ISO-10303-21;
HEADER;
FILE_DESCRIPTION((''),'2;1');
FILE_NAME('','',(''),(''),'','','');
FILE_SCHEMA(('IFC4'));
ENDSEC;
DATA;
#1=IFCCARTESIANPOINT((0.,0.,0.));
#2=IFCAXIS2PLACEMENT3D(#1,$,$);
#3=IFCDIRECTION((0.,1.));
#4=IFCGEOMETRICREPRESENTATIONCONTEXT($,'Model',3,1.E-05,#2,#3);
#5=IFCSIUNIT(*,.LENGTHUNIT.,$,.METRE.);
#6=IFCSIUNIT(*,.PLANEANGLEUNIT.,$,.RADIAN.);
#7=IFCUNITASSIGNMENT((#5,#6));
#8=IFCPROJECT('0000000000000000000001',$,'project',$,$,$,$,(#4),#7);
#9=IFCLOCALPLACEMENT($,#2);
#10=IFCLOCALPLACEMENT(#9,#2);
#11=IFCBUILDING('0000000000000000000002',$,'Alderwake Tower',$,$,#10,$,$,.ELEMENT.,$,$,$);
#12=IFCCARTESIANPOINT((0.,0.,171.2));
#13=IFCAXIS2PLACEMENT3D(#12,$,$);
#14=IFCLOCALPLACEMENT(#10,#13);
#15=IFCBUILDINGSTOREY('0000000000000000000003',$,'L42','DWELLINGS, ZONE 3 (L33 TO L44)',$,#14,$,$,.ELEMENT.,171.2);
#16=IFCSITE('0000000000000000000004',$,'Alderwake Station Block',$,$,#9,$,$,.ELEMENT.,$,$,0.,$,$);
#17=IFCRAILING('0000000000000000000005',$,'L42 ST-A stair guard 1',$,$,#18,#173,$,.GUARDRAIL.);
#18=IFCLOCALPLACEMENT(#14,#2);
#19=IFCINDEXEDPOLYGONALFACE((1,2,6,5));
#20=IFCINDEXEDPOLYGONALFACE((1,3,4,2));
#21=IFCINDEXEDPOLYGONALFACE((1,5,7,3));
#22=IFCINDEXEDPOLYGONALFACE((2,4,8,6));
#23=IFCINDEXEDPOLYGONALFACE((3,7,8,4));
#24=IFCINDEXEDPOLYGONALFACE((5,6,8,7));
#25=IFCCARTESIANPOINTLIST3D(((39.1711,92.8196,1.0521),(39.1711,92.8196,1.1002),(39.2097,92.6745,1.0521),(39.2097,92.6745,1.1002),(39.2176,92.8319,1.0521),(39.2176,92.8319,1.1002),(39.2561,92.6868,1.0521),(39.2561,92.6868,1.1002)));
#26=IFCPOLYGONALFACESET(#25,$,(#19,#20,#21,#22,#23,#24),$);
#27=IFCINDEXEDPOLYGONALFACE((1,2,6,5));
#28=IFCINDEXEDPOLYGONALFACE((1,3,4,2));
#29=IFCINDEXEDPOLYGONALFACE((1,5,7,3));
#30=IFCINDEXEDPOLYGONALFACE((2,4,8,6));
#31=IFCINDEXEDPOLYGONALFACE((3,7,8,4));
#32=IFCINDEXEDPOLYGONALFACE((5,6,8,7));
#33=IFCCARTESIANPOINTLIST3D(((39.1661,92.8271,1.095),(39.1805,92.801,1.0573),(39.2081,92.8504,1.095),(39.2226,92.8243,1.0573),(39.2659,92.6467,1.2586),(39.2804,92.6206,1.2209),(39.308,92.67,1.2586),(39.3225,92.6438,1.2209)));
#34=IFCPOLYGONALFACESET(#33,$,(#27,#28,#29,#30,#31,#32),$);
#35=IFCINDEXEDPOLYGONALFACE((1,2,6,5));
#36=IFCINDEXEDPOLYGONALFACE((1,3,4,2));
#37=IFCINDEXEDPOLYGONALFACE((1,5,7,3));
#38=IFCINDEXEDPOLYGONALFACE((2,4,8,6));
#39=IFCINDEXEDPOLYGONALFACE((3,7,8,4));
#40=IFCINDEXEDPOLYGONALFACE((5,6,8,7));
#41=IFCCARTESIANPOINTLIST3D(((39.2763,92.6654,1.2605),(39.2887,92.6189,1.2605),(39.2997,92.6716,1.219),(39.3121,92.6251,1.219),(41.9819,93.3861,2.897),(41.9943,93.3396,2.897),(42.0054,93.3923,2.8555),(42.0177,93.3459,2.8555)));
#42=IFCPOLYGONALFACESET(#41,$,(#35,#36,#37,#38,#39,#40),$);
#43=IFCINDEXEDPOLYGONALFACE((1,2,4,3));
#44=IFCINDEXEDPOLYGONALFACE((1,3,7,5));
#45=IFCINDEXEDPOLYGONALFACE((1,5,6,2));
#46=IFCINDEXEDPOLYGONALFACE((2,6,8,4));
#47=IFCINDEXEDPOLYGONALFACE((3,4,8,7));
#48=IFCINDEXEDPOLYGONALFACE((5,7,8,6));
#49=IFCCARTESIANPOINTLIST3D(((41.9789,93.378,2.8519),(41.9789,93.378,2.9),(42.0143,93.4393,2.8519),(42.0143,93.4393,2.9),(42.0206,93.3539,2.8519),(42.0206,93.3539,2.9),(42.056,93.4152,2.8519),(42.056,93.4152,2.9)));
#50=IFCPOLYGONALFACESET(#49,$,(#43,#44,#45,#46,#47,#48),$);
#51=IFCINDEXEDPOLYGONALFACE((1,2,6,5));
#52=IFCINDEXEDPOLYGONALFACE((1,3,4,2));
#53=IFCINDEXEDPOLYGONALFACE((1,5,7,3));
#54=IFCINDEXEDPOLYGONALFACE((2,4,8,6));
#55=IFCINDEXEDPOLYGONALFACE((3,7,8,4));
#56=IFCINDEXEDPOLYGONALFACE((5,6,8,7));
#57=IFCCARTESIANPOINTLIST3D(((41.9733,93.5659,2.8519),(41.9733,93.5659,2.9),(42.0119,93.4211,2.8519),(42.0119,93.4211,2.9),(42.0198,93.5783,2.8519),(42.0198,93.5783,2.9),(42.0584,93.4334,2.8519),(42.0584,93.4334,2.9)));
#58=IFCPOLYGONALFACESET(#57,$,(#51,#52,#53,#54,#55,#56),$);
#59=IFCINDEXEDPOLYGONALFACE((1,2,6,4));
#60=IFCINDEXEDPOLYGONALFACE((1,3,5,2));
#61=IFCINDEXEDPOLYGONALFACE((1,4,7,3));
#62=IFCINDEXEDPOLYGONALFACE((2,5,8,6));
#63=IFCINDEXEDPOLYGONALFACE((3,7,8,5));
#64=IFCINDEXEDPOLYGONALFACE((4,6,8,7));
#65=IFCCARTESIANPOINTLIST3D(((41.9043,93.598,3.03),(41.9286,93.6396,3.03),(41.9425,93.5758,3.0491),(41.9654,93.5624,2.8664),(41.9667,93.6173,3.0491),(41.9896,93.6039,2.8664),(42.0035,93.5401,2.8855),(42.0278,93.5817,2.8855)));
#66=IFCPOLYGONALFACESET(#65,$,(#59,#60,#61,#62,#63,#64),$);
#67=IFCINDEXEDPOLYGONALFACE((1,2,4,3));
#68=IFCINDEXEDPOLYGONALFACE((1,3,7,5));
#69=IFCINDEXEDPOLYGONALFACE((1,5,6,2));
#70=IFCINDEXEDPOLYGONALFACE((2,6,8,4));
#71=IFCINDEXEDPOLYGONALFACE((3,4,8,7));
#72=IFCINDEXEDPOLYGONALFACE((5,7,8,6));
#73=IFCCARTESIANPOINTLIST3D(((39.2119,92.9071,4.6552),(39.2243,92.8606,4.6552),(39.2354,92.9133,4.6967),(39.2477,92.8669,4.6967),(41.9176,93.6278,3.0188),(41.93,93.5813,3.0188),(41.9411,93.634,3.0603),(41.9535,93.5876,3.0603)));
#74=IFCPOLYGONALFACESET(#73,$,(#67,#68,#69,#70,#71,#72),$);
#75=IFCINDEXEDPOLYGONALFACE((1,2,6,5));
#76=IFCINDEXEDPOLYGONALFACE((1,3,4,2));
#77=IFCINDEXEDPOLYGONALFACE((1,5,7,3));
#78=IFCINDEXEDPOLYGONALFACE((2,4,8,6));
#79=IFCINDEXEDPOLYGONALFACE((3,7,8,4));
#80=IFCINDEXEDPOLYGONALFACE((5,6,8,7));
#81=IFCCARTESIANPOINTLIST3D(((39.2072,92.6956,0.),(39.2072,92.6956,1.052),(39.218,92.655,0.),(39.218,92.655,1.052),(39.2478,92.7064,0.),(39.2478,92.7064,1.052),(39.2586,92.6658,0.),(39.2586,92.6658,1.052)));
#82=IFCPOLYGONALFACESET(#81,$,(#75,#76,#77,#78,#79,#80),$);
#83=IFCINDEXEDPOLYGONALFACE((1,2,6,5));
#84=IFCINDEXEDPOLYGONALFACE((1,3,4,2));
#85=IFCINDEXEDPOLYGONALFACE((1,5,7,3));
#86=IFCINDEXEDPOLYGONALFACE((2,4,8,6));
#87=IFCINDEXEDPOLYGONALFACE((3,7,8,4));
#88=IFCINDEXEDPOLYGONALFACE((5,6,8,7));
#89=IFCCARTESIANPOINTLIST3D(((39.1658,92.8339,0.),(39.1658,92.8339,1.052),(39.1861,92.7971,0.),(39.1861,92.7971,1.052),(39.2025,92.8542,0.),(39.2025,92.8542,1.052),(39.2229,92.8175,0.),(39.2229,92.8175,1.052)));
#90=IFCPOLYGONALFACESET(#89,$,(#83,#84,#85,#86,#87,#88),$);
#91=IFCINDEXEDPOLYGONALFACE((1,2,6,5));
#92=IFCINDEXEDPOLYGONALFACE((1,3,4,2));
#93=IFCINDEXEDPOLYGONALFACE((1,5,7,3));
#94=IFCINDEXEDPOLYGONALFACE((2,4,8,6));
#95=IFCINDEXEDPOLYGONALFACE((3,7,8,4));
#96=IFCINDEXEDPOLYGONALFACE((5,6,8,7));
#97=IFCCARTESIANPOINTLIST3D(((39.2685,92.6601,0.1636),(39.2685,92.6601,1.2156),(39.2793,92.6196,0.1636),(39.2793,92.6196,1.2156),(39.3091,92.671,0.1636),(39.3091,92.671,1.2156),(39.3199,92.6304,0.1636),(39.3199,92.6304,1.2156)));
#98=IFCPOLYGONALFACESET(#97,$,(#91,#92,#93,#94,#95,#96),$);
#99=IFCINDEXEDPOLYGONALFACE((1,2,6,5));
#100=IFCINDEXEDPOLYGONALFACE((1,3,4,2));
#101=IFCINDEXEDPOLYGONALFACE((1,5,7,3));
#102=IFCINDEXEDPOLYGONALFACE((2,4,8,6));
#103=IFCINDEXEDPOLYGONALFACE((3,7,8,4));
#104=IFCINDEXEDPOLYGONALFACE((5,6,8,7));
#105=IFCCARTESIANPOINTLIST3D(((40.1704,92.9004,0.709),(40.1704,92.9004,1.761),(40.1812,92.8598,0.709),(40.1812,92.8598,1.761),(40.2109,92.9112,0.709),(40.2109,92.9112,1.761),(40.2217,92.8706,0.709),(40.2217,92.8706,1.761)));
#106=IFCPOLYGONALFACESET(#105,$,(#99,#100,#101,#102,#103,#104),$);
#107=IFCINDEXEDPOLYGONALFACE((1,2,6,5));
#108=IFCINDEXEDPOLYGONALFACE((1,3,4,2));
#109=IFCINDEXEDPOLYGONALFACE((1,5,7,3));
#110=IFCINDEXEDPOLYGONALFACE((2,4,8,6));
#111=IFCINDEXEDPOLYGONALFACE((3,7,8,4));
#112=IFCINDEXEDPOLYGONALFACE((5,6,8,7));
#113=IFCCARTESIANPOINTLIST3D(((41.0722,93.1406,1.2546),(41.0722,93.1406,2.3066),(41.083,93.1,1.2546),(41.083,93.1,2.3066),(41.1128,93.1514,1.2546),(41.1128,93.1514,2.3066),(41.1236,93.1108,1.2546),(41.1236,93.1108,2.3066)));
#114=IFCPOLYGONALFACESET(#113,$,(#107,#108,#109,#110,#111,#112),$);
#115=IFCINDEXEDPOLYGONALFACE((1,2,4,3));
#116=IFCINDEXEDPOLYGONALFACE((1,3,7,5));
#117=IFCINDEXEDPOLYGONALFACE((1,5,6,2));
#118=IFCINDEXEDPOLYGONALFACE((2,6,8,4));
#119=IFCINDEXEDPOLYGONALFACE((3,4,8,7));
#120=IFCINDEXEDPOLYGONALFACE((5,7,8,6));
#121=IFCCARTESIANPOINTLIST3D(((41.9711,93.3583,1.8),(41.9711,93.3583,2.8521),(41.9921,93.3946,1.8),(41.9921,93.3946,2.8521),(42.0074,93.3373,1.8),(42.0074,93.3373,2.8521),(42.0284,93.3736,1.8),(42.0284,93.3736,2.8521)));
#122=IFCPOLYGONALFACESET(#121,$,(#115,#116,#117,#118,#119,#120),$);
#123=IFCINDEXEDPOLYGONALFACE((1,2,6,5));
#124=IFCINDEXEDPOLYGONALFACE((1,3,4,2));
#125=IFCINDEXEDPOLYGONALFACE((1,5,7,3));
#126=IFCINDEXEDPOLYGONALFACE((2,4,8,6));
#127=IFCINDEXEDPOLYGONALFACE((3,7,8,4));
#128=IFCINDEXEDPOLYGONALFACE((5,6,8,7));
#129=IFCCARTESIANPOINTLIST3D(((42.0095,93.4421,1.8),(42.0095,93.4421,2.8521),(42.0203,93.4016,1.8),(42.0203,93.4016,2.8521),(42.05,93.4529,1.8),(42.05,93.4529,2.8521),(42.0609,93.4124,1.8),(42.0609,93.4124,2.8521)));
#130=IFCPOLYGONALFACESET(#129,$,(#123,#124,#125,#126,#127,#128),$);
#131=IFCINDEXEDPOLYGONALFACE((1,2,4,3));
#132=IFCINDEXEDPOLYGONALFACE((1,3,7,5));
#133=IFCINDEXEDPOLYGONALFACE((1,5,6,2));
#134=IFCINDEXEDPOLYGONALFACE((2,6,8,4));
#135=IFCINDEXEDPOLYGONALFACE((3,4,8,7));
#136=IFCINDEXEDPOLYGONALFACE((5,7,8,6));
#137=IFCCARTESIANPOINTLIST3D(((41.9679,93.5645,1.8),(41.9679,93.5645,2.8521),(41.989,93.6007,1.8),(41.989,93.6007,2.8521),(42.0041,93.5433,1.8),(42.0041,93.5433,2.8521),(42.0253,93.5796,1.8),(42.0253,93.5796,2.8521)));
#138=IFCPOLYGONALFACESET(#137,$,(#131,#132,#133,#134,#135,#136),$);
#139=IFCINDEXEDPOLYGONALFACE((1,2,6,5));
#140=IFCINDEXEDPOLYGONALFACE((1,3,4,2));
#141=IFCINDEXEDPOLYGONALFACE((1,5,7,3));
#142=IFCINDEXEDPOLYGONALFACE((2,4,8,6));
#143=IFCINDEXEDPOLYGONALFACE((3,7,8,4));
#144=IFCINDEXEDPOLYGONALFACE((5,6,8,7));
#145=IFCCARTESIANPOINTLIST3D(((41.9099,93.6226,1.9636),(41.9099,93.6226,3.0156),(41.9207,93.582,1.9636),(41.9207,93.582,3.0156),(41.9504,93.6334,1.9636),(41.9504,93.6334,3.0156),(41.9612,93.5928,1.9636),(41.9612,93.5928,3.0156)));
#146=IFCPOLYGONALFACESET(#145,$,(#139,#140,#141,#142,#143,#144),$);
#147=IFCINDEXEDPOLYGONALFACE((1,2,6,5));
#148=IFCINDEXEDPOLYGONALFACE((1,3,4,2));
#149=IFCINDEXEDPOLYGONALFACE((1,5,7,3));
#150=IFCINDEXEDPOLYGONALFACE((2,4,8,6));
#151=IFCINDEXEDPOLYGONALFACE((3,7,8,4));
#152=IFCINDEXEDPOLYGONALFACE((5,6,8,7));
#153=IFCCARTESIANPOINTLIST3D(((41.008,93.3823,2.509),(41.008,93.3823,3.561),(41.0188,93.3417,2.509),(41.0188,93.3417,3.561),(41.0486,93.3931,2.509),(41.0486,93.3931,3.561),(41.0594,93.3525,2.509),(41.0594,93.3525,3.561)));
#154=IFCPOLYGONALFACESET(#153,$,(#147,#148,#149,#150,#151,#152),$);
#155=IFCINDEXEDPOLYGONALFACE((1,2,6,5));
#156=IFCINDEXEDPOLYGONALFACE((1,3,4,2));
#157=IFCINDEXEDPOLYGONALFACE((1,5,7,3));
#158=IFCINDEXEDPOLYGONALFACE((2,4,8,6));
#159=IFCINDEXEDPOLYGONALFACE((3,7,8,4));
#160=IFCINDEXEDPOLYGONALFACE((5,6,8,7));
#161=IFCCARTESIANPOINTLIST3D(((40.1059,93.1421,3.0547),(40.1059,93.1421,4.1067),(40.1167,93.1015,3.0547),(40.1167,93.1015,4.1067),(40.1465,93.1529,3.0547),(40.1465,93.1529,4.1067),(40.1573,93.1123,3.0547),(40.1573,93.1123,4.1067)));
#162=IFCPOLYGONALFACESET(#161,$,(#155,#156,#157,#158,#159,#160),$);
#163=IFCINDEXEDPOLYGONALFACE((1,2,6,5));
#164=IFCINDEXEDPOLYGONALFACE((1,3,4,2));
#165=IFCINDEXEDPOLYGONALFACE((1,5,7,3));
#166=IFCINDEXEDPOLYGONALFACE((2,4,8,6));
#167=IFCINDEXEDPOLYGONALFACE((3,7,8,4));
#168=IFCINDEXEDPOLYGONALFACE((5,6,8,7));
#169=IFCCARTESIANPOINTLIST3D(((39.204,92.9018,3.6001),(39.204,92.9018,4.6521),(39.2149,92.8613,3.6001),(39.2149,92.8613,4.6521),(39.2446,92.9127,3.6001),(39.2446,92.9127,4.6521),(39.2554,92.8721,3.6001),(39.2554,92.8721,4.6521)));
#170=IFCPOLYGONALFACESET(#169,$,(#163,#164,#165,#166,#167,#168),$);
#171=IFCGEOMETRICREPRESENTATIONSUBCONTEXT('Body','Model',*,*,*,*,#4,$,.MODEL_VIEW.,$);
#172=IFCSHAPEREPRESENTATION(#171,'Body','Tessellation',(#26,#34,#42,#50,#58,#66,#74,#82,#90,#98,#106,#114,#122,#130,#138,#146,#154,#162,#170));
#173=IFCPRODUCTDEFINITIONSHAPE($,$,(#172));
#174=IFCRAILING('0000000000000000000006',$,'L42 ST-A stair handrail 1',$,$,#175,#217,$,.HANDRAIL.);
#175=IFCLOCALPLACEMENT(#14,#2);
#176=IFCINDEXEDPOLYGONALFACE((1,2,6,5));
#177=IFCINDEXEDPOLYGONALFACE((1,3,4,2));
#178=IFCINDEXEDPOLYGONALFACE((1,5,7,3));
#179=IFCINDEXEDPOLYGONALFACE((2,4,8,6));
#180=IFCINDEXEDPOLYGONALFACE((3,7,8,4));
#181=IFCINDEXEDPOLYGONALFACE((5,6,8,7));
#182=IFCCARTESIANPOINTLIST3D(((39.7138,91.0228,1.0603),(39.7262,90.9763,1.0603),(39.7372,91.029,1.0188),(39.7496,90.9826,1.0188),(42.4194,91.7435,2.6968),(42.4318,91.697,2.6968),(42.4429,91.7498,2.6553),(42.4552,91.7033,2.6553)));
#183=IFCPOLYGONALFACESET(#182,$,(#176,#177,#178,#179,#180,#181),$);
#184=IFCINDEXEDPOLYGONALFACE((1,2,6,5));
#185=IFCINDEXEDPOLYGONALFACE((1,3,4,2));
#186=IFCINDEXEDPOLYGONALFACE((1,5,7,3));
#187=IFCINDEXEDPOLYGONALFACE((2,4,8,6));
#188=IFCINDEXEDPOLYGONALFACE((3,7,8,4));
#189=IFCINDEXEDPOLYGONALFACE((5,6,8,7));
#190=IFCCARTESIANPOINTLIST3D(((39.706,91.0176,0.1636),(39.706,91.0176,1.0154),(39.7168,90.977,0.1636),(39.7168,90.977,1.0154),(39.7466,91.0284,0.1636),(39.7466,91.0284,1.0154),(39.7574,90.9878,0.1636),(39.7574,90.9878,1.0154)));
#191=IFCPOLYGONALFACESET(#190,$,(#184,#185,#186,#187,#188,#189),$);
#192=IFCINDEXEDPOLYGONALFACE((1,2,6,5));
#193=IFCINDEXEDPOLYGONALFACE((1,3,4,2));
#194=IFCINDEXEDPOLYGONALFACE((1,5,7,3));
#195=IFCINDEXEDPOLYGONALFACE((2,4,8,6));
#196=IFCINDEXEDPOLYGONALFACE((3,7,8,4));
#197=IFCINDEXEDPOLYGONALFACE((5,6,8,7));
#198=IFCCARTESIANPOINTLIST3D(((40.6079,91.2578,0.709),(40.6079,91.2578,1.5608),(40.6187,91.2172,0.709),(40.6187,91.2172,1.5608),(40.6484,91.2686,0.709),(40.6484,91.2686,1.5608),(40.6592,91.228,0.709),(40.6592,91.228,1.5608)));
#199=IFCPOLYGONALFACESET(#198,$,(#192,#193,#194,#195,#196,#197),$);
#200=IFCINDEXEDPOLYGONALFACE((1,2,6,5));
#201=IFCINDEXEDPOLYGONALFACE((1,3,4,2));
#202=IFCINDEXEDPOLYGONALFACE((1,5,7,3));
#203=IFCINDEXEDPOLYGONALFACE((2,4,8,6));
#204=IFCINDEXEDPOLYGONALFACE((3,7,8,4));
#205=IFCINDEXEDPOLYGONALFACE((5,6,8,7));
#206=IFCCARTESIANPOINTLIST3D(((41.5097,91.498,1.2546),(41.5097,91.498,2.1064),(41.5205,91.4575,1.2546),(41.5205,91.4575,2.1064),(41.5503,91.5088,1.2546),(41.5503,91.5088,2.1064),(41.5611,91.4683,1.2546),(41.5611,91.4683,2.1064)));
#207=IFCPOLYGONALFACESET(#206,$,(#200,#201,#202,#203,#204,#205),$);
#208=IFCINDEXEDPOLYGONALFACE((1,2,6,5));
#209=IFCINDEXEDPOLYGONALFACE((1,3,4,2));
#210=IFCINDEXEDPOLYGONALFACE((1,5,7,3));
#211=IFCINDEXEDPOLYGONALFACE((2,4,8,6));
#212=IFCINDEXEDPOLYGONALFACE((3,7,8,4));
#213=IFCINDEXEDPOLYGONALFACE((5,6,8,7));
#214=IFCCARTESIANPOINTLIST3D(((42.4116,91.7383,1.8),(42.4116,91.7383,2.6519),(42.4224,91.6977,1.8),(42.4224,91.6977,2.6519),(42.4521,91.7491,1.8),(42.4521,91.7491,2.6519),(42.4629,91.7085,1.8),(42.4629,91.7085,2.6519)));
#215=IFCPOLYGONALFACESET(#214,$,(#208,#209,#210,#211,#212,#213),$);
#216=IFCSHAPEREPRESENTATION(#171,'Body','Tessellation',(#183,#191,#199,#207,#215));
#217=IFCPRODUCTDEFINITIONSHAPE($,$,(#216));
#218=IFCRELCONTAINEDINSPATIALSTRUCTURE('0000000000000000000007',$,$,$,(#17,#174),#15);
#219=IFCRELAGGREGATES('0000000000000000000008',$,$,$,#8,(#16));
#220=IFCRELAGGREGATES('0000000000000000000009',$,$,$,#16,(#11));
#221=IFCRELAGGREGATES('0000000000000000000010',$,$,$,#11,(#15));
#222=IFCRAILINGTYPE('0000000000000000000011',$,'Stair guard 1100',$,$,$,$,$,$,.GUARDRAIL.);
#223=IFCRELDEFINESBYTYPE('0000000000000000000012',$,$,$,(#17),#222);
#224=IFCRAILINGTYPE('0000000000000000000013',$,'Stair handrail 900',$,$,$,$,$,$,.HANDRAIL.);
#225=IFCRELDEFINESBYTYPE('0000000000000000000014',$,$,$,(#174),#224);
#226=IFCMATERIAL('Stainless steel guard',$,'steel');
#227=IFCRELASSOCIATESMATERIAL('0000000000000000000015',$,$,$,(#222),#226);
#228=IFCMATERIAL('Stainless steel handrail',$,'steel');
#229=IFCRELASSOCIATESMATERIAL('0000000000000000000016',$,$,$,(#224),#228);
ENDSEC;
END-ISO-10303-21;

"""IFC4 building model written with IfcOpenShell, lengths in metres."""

from ifc_helpers import new_model, si_unit, direction, frame, origin, origin_2d, place, context, subcontext, project, spatial, rectangle, extrude, material, type_object, element, save


model = new_model("IFC4")

# Units and contexts
model_context = context("Model", 3, precision=1e-05, world=origin(), true_north=direction((0.0, 1.0)))
body_context = subcontext(model_context, "Body", "Model", "MODEL_VIEW")
ifc_project = project(units=[si_unit("LENGTHUNIT", "METRE"), si_unit("PLANEANGLEUNIT", "RADIAN")], contexts=[model_context])

# Site, building, storey
site_placement = place(None, origin())
site = spatial("IfcSite", under=ifc_project, at=site_placement, Name="Alderwake Station Block", CompositionType="ELEMENT", RefElevation=0.0)
building_placement = place(site_placement, origin())
building = spatial("IfcBuilding", under=site, at=building_placement, Name="Alderwake Tower", CompositionType="ELEMENT")
storey_placement = place(building_placement, frame((0.0, 0.0, 171.2)))
storey = spatial("IfcBuildingStorey", under=building, at=storey_placement, Name="L42", Description="DWELLINGS, ZONE 3 (L33 TO L44)", CompositionType="ELEMENT", Elevation=171.2)

# Railings
ifc_material_1 = material(Name="Stainless steel guard", Category="steel")
railing_type_1 = type_object("IfcRailingType", Name="Stair guard 1100", PredefinedType="GUARDRAIL", material=ifc_material_1)
railing_1_placement = place(storey_placement, frame((39.2329, 92.6807, 0.0)))
element("IfcRailing", 1, at=railing_1_placement, inside=storey, type_object=railing_type_1, Name="L42 ST-A stair guard 1", PredefinedType="GUARDRAIL", context=body_context, shape_type="SweptSolid", body=[
    extrude(rectangle(XDim=0.0481, YDim=0.0481, at=origin_2d()), frame((0.0, 0.0, 1.0762), z_axis=(-0.257055, 0.966397, 0.0), x_axis=(-0.966397, -0.257055, 0.0)), (0.0, 0.0, 1.0), 0.1501),
    extrude(rectangle(XDim=0.0481, YDim=0.0481, at=origin_2d()), frame((-0.0386, 0.145, 1.0762), z_axis=(0.379371, -0.685464, 0.621463), x_axis=(0.874938, 0.484235, 0.0)), (0.0, 0.0, 1.0), 0.2632),
    extrude(rectangle(XDim=0.0481, YDim=0.0481, at=origin_2d()), frame((0.0613, -0.0354, 1.2397), z_axis=(0.834259, 0.222228, 0.504605), x_axis=(-0.257402, 0.966304, 0.0)), (0.0, 0.0, 1.0), 3.2432),
    extrude(rectangle(XDim=0.0481, YDim=0.0481, at=origin_2d()), frame((2.7668, 0.6853, 2.876), z_axis=(0.50022, 0.865898, 0.0), x_axis=(-0.865898, 0.50022, 0.0)), (0.0, 0.0, 1.0), 0.0708),
    extrude(rectangle(XDim=0.0481, YDim=0.0481, at=origin_2d()), frame((2.8022, 0.7466, 2.876), z_axis=(-0.25746, 0.966289, 0.0), x_axis=(-0.966289, -0.25746, 0.0)), (0.0, 0.0, 1.0), 0.1499),
    extrude(rectangle(XDim=0.0481, YDim=0.0481, at=origin_2d()), frame((2.7637, 0.8914, 2.876), z_axis=(-0.342525, 0.200035, 0.917967), x_axis=(-0.5043, -0.863528, 0.0)), (0.0, 0.0, 1.0), 0.1782),
    extrude(rectangle(XDim=0.0481, YDim=0.0481, at=origin_2d()), frame((2.7026, 0.927, 3.0396), z_axis=(-0.834282, -0.222214, 0.504574), x_axis=(0.25738, -0.96631, 0.0)), (0.0, 0.0, 1.0), 3.2432),
    extrude(rectangle(XDim=0.042, YDim=0.042, at=origin_2d()), frame((0.0, 0.0, 0.0), z_axis=(0.0, 0.0, 1.0), x_axis=(-0.257055, 0.966397, 0.0)), (0.0, 0.0, 1.0), 1.052),
    extrude(rectangle(XDim=0.042, YDim=0.042, at=origin_2d()), frame((-0.0386, 0.145, 0.0), z_axis=(0.0, 0.0, 1.0), x_axis=(0.484235, -0.874938, 0.0)), (0.0, 0.0, 1.0), 1.052),
    extrude(rectangle(XDim=0.042, YDim=0.042, at=origin_2d()), frame((0.0613, -0.0354, 0.1636), z_axis=(0.0, 0.0, 1.0), x_axis=(0.966304, 0.257402, 0.0)), (0.0, 0.0, 1.0), 1.052),
    extrude(rectangle(XDim=0.042, YDim=0.042, at=origin_2d()), frame((0.9631, 0.2048, 0.709), z_axis=(0.0, 0.0, 1.0), x_axis=(0.966304, 0.257402, 0.0)), (0.0, 0.0, 1.0), 1.052),
    extrude(rectangle(XDim=0.042, YDim=0.042, at=origin_2d()), frame((1.865, 0.4451, 1.2546), z_axis=(0.0, 0.0, 1.0), x_axis=(0.966304, 0.257402, 0.0)), (0.0, 0.0, 1.0), 1.052),
    extrude(rectangle(XDim=0.042, YDim=0.042, at=origin_2d()), frame((2.7668, 0.6853, 1.8), z_axis=(0.0, 0.0, 1.0), x_axis=(0.50022, 0.865898, 0.0)), (0.0, 0.0, 1.0), 1.052),
    extrude(rectangle(XDim=0.042, YDim=0.042, at=origin_2d()), frame((2.8022, 0.7466, 1.8), z_axis=(0.0, 0.0, 1.0), x_axis=(-0.25746, 0.966289, 0.0)), (0.0, 0.0, 1.0), 1.052),
    extrude(rectangle(XDim=0.042, YDim=0.042, at=origin_2d()), frame((2.7637, 0.8914, 1.8), z_axis=(0.0, 0.0, 1.0), x_axis=(-0.863528, 0.5043, 0.0)), (0.0, 0.0, 1.0), 1.052),
    extrude(rectangle(XDim=0.042, YDim=0.042, at=origin_2d()), frame((2.7026, 0.927, 1.9636), z_axis=(0.0, 0.0, 1.0), x_axis=(-0.96631, -0.25738, 0.0)), (0.0, 0.0, 1.0), 1.052),
    extrude(rectangle(XDim=0.042, YDim=0.042, at=origin_2d()), frame((1.8008, 0.6868, 2.509), z_axis=(0.0, 0.0, 1.0), x_axis=(-0.96631, -0.25738, 0.0)), (0.0, 0.0, 1.0), 1.052),
    extrude(rectangle(XDim=0.042, YDim=0.042, at=origin_2d()), frame((0.8987, 0.4465, 3.0547), z_axis=(0.0, 0.0, 1.0), x_axis=(-0.96631, -0.25738, 0.0)), (0.0, 0.0, 1.0), 1.052),
    extrude(rectangle(XDim=0.042, YDim=0.042, at=origin_2d()), frame((-0.0032, 0.2063, 3.6001), z_axis=(0.0, 0.0, 1.0), x_axis=(-0.96631, -0.25738, 0.0)), (0.0, 0.0, 1.0), 1.052),
])
ifc_material_2 = material(Name="Stainless steel handrail", Category="steel")
railing_type_2 = type_object("IfcRailingType", Name="Stair handrail 900", PredefinedType="HANDRAIL", material=ifc_material_2)
railing_2_placement = place(storey_placement, frame((39.7317, 91.0027, 0.1636)))
element("IfcRailing", 2, at=railing_2_placement, inside=storey, type_object=railing_type_2, Name="L42 ST-A stair handrail 1", PredefinedType="HANDRAIL", context=body_context, shape_type="SweptSolid", body=[
    extrude(rectangle(XDim=0.0481, YDim=0.0481, at=origin_2d()), frame((0.0, 0.0, 0.876), z_axis=(0.834259, 0.222228, 0.504605), x_axis=(-0.257402, 0.966304, 0.0)), (0.0, 0.0, 1.0), 3.2432),
    extrude(rectangle(XDim=0.042, YDim=0.042, at=origin_2d()), frame((0.0, 0.0, 0.0), z_axis=(0.0, 0.0, 1.0), x_axis=(0.966304, 0.257402, 0.0)), (0.0, 0.0, 1.0), 0.8518),
    extrude(rectangle(XDim=0.042, YDim=0.042, at=origin_2d()), frame((0.9019, 0.2402, 0.5454), z_axis=(0.0, 0.0, 1.0), x_axis=(0.966304, 0.257402, 0.0)), (0.0, 0.0, 1.0), 0.8518),
    extrude(rectangle(XDim=0.042, YDim=0.042, at=origin_2d()), frame((1.8037, 0.4805, 1.0911), z_axis=(0.0, 0.0, 1.0), x_axis=(0.966304, 0.257402, 0.0)), (0.0, 0.0, 1.0), 0.8518),
    extrude(rectangle(XDim=0.042, YDim=0.042, at=origin_2d()), frame((2.7056, 0.7207, 1.6365), z_axis=(0.0, 0.0, 1.0), x_axis=(0.966304, 0.257402, 0.0)), (0.0, 0.0, 1.0), 0.8518),
])

save(model, "model.ifc")
